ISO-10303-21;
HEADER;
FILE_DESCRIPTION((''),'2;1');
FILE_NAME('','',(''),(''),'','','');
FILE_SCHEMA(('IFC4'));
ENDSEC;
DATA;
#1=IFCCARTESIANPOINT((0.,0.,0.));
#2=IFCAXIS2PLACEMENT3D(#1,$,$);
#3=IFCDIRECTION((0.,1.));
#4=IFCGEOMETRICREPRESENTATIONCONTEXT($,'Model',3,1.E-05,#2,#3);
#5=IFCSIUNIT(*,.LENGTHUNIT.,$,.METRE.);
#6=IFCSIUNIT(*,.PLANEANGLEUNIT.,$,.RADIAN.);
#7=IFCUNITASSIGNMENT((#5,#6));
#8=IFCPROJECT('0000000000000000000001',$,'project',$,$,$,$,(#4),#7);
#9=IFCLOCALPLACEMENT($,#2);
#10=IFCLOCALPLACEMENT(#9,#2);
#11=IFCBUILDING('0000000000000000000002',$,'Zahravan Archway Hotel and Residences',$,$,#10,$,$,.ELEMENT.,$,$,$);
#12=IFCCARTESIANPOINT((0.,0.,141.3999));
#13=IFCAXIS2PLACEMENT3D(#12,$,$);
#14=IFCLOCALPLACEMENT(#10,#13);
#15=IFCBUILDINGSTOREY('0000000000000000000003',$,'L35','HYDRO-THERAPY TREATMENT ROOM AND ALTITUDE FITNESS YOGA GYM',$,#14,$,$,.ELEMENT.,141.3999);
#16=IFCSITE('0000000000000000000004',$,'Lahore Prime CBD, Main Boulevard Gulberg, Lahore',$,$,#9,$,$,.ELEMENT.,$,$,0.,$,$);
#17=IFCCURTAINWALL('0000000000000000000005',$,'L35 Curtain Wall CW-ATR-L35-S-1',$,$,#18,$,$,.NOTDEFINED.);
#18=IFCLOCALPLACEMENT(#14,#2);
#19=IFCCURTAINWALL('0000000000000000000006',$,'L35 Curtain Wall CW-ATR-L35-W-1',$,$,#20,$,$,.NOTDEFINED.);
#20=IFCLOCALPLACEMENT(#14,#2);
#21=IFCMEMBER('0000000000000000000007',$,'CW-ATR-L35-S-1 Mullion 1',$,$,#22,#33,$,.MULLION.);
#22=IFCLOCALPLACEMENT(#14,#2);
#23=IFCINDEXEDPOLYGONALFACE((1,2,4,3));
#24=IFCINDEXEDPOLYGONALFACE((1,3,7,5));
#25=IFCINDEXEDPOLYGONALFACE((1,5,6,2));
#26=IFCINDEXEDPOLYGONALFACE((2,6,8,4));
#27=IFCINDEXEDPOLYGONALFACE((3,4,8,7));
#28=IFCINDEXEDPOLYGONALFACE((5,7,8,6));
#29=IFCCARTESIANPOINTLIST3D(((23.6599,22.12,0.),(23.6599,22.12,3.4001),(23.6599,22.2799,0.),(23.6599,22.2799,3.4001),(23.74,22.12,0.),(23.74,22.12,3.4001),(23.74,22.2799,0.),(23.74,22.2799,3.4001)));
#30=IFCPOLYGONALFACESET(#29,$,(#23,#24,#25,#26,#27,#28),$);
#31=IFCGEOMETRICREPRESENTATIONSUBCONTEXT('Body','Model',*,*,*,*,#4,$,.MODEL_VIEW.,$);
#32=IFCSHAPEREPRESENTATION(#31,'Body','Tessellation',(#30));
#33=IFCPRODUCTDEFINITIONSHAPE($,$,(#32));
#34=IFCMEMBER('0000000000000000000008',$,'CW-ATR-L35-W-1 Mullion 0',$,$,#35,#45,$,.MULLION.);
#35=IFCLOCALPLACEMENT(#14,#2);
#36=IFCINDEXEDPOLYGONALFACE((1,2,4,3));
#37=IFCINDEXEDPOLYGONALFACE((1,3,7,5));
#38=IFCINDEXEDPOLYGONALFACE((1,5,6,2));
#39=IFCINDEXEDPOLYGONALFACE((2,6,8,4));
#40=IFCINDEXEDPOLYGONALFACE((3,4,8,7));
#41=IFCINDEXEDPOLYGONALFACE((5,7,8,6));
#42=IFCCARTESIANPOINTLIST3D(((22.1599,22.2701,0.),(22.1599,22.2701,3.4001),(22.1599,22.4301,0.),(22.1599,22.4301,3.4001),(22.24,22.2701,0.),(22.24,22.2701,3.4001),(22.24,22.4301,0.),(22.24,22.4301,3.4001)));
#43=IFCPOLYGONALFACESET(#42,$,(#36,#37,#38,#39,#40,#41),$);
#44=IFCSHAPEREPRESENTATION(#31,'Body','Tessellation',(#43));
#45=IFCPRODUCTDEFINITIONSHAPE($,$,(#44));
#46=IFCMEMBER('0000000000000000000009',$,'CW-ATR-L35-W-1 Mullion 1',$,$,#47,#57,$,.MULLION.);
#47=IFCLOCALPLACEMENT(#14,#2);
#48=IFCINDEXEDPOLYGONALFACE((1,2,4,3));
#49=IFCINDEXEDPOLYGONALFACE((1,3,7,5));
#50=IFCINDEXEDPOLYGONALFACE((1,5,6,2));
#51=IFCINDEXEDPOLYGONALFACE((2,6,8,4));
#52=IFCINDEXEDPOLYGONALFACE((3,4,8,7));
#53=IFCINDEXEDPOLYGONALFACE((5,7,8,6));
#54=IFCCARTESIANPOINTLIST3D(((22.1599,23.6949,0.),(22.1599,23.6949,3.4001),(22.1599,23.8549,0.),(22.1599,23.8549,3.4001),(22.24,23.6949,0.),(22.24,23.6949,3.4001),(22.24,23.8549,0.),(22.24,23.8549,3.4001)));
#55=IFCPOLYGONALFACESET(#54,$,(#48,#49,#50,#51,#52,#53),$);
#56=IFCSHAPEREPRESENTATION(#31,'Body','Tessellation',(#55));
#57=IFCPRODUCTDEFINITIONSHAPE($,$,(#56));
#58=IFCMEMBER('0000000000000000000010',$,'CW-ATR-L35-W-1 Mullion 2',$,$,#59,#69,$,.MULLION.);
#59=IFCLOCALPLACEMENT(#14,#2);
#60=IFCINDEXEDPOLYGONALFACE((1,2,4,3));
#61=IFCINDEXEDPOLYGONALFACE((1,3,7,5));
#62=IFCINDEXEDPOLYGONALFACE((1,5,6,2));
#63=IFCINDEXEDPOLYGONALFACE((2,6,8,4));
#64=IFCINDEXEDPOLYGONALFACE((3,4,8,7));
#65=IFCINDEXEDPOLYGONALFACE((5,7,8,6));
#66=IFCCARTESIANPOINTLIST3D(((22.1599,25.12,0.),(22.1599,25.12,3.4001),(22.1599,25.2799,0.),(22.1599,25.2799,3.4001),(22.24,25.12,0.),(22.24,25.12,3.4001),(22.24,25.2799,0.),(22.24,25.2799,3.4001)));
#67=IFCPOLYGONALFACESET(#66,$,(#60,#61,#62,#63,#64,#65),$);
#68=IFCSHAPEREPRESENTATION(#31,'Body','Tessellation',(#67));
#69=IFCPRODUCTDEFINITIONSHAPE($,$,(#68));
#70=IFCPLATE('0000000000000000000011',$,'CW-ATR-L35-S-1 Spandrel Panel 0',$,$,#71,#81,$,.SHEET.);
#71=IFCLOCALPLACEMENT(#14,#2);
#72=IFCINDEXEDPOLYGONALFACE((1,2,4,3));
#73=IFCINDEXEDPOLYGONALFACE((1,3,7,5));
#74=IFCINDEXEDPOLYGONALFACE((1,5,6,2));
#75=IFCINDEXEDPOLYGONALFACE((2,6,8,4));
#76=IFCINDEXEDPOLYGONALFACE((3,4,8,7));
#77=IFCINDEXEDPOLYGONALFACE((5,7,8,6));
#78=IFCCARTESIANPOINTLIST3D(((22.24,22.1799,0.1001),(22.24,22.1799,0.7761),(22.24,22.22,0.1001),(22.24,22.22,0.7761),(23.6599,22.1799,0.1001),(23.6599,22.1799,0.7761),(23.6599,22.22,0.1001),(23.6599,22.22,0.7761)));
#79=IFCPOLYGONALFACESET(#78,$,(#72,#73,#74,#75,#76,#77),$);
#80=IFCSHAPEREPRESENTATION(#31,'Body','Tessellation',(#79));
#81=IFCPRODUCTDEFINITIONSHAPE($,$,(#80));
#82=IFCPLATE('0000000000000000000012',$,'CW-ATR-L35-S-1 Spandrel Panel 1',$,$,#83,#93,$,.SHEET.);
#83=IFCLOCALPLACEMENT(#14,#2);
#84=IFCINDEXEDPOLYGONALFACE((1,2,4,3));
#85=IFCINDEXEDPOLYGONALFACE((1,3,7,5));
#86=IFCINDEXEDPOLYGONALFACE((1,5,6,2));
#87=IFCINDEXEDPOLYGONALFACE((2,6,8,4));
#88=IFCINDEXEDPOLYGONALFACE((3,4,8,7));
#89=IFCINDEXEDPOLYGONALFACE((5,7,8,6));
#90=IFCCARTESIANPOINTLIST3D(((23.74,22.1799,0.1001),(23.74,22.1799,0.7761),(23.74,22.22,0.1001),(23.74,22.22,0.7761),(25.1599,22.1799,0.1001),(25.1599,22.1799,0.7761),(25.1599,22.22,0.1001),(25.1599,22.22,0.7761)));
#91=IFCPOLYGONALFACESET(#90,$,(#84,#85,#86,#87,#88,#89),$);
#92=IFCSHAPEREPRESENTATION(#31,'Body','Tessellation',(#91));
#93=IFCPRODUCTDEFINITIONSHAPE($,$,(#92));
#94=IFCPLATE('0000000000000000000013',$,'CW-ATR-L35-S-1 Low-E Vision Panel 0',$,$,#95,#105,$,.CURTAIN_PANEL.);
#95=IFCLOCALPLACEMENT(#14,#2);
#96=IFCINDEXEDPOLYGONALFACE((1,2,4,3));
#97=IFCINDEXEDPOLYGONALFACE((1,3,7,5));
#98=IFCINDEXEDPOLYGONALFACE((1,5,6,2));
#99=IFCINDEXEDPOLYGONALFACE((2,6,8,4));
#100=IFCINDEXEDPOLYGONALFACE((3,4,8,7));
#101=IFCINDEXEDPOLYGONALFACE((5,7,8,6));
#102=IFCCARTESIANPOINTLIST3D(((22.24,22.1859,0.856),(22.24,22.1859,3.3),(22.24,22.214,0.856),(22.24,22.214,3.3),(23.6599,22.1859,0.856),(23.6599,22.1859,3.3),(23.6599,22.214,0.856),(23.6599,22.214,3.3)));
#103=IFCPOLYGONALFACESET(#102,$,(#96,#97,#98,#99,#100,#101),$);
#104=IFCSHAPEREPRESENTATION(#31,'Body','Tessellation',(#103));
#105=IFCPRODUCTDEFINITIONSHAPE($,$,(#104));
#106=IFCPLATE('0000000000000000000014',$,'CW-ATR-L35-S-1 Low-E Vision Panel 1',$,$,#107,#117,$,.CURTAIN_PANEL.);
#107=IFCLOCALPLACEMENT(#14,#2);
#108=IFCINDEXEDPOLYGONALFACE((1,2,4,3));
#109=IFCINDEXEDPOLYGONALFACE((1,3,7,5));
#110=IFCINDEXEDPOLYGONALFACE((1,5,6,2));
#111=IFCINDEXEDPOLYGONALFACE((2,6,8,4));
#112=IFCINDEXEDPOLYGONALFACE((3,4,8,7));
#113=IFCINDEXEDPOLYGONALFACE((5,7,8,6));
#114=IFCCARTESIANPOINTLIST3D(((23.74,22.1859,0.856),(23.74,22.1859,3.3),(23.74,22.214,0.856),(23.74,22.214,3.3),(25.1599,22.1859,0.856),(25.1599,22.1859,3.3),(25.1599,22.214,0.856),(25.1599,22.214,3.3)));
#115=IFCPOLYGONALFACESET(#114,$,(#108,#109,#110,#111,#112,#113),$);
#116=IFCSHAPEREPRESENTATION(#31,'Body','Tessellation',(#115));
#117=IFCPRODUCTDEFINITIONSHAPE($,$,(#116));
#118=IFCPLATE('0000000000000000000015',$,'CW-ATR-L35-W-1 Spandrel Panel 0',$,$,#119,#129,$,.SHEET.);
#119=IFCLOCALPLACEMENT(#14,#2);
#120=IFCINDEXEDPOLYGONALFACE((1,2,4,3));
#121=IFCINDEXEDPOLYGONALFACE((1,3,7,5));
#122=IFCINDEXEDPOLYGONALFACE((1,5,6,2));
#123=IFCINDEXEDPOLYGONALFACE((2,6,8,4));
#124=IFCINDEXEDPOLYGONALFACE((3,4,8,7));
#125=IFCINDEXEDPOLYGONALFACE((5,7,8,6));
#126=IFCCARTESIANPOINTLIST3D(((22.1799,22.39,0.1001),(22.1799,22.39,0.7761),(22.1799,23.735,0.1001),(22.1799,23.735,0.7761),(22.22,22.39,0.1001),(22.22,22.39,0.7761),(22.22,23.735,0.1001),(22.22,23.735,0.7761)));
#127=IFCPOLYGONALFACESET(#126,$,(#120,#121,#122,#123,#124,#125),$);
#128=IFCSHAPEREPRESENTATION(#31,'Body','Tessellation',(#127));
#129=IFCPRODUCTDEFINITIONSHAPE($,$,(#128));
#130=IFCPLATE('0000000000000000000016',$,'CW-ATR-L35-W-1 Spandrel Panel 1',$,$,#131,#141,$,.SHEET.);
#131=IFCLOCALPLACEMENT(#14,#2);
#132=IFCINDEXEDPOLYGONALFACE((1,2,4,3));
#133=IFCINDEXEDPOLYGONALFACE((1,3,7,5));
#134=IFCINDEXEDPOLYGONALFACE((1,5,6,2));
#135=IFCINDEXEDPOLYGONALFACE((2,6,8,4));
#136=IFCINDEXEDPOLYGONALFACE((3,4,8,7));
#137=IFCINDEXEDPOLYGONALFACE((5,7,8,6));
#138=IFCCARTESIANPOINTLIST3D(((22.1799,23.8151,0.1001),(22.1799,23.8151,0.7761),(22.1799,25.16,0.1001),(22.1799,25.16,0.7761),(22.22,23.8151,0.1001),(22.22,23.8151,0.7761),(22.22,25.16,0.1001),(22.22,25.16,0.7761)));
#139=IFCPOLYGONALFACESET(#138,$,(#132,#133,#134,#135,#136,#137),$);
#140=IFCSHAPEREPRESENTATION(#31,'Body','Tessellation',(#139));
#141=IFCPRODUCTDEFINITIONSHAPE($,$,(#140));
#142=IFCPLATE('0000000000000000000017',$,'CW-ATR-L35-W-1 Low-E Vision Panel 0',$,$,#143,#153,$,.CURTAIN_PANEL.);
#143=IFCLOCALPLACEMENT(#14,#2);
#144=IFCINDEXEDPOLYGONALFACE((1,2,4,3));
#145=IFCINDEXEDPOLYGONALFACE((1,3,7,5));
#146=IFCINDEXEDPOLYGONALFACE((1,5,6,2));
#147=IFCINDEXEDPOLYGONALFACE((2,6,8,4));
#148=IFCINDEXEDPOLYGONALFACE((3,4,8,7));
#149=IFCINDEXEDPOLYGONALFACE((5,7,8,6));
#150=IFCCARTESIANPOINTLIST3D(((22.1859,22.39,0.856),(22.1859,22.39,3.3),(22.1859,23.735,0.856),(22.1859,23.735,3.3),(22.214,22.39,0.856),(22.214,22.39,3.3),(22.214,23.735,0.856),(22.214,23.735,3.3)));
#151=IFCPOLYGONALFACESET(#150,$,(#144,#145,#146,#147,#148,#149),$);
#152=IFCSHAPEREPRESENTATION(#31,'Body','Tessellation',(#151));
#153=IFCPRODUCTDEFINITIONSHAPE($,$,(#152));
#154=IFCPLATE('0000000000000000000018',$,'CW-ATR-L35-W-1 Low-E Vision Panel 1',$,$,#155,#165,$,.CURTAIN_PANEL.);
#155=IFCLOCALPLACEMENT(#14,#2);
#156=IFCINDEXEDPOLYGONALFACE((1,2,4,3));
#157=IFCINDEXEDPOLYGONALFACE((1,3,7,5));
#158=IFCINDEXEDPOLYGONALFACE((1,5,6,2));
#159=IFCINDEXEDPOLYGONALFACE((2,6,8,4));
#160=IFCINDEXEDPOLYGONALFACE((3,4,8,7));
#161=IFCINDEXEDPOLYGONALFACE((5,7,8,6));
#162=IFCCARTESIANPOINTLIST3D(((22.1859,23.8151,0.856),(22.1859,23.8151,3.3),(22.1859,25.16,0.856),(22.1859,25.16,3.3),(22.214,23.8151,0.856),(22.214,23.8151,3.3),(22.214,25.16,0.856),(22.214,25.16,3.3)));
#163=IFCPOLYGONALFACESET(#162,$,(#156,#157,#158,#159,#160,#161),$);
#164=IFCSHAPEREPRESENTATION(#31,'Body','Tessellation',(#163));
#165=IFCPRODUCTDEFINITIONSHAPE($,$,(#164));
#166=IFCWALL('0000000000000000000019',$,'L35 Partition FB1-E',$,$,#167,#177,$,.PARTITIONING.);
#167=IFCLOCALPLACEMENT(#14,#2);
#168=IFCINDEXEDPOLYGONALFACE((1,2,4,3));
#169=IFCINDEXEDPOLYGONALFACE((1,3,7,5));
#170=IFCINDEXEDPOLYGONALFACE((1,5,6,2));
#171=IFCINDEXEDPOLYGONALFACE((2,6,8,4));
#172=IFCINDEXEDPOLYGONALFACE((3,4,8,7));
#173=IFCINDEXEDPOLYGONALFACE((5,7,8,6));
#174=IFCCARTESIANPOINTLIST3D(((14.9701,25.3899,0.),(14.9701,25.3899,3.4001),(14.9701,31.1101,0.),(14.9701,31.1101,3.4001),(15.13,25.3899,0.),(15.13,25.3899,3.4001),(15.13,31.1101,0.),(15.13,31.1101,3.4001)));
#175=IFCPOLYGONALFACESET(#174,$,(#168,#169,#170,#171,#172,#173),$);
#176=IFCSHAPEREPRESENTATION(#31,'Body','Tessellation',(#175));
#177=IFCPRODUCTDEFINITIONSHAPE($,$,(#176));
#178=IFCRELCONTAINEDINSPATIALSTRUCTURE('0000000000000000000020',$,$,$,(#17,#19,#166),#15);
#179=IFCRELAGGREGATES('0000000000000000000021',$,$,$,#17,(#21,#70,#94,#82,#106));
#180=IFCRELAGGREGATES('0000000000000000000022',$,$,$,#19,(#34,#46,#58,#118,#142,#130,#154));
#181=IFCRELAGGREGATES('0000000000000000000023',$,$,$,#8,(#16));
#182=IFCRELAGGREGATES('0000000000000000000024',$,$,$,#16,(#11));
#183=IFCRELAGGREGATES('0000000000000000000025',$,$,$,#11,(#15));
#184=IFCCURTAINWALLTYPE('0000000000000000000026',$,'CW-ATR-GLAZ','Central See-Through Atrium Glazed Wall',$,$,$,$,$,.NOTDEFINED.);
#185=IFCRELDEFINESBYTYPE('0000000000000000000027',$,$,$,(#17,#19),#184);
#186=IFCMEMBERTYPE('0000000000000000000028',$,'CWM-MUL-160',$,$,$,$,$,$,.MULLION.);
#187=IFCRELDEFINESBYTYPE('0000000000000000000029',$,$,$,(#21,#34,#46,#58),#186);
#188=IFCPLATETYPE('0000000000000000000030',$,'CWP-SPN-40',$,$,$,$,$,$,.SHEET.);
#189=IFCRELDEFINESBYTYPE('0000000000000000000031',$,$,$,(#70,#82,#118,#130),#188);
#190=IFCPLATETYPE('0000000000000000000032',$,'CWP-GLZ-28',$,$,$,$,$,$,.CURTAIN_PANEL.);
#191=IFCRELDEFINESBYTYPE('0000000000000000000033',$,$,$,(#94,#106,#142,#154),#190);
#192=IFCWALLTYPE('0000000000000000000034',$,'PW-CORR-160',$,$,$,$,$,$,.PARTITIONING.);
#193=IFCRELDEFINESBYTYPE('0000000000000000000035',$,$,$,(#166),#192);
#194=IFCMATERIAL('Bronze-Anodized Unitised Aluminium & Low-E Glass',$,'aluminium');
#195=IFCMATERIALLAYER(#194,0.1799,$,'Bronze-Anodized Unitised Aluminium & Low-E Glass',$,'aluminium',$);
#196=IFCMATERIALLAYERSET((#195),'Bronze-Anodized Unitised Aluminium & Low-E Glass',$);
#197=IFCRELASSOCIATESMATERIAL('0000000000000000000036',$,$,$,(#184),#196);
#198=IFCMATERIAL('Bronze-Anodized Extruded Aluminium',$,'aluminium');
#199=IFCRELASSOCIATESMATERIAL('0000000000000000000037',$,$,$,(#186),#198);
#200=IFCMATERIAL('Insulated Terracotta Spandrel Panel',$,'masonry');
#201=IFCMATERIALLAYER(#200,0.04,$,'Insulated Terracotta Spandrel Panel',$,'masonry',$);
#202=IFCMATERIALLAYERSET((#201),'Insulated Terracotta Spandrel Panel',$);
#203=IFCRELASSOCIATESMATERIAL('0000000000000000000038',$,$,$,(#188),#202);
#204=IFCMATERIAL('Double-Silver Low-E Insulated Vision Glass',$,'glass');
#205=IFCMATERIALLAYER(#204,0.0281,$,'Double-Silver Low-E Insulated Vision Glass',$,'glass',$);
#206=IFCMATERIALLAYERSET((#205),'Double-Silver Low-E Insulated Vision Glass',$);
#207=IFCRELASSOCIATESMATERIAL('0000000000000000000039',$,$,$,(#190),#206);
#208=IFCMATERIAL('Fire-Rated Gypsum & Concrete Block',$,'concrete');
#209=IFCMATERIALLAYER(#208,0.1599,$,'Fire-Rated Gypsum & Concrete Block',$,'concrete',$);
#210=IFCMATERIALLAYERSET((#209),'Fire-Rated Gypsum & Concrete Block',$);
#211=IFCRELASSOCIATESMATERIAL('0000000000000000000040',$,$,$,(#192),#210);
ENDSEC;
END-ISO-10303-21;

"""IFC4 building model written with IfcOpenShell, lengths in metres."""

from ifc_helpers import new_model, si_unit, direction, frame, frame_2d, origin, origin_2d, place, context, subcontext, project, spatial, rectangle, extrude, source, transform, mapped, material, layer, layer_set, material_profile, profile_set, type_object, element, aggregate, save


model = new_model("IFC4")

# Units and contexts
model_context = context("Model", 3, precision=1e-05, world=origin(), true_north=direction((0.0, 1.0)))
body_context = subcontext(model_context, "Body", "Model", "MODEL_VIEW")
ifc_project = project(units=[si_unit("LENGTHUNIT", "METRE"), si_unit("PLANEANGLEUNIT", "RADIAN")], contexts=[model_context])

# Site, building, storey
site_placement = place(None, origin())
site = spatial("IfcSite", under=ifc_project, at=site_placement, Name="Lahore Prime CBD, Main Boulevard Gulberg, Lahore", CompositionType="ELEMENT", RefElevation=0.0)
building_placement = place(site_placement, origin())
building = spatial("IfcBuilding", under=site, at=building_placement, Name="Zahravan Archway Hotel and Residences", CompositionType="ELEMENT")
storey_placement = place(building_placement, frame((0.0, 0.0, 141.3999)))
storey = spatial("IfcBuildingStorey", under=building, at=storey_placement, Name="L35", Description="HYDRO-THERAPY TREATMENT ROOM AND ALTITUDE FITNESS YOGA GYM", CompositionType="ELEMENT", Elevation=141.3999)

# Curtain walls
ifc_material_1 = material(Name="Bronze-Anodized Unitised Aluminium & Low-E Glass", Category="aluminium")
ifc_layer_1 = layer(ifc_material_1, 0.1799, Name="Bronze-Anodized Unitised Aluminium & Low-E Glass", Category="aluminium")
ifc_layer_set_1 = layer_set([ifc_layer_1], Name="Bronze-Anodized Unitised Aluminium & Low-E Glass")
curtain_wall_type = type_object("IfcCurtainWallType", Name="CW-ATR-GLAZ", Description="Central See-Through Atrium Glazed Wall", PredefinedType="NOTDEFINED", material=ifc_layer_set_1)
curtain_wall_1_placement = place(storey_placement, origin())
curtain_wall_1 = element("IfcCurtainWall", 1, at=curtain_wall_1_placement, inside=storey, type_object=curtain_wall_type, Name="L35 Curtain Wall CW-ATR-L35-S-1", PredefinedType="NOTDEFINED")
ifc_material_2 = material(Name="Bronze-Anodized Extruded Aluminium", Category="aluminium")
curtain_wall_2_placement = place(storey_placement, origin())
curtain_wall_2 = element("IfcCurtainWall", 2, at=curtain_wall_2_placement, inside=storey, type_object=curtain_wall_type, Name="L35 Curtain Wall CW-ATR-L35-W-1", PredefinedType="NOTDEFINED")

# Members
ifc_material_profile_1 = material_profile(ifc_material_2, rectangle(XDim=0.0801, YDim=0.1599, at=origin_2d()), Name="MUL 80x160", Category="aluminium")
ifc_profile_set_1 = profile_set([ifc_material_profile_1], Name="Bronze-Anodized Extruded Aluminium")
member_type_1 = type_object("IfcMemberType", Name="CWM-MUL-160", PredefinedType="MULLION", material=ifc_profile_set_1)
shared_shape_1 = source(origin(), body_context, "Body", "SweptSolid", [
    extrude(rectangle(XDim=0.0801, YDim=0.1599, at=origin_2d()), origin(), (0.0, 0.0, 1.0), 3.4001),
])
member_1_placement = place(storey_placement, frame((23.7, 22.2, 0.0), z_axis=(0.0, 0.0, 1.0), x_axis=(1.0, 0.0, 0.0)))
member_1 = element("IfcMember", 3, at=member_1_placement, type_object=member_type_1, Name="CW-ATR-L35-S-1 Mullion 1", PredefinedType="MULLION", context=body_context, shape_type="MappedRepresentation", body=[
    mapped(shared_shape_1, transform((0.0, 0.0, 0.0), scale=1.0)),
])
member_2_placement = place(storey_placement, frame((22.2, 22.3501, 0.0), z_axis=(0.0, 0.0, 1.0), x_axis=(1.0, 0.0, 0.0)))
member_2 = element("IfcMember", 4, at=member_2_placement, type_object=member_type_1, Name="CW-ATR-L35-W-1 Mullion 0", PredefinedType="MULLION", context=body_context, shape_type="MappedRepresentation", body=[
    mapped(shared_shape_1, transform((0.0, 0.0, 0.0), scale=1.0)),
])
member_3_placement = place(storey_placement, frame((22.2, 23.7749, 0.0), z_axis=(0.0, 0.0, 1.0), x_axis=(1.0, 0.0, 0.0)))
member_3 = element("IfcMember", 5, at=member_3_placement, type_object=member_type_1, Name="CW-ATR-L35-W-1 Mullion 1", PredefinedType="MULLION", context=body_context, shape_type="MappedRepresentation", body=[
    mapped(shared_shape_1, transform((0.0, 0.0, 0.0), scale=1.0)),
])
member_4_placement = place(storey_placement, frame((22.2, 25.2, 0.0), z_axis=(0.0, 0.0, 1.0), x_axis=(1.0, 0.0, 0.0)))
member_4 = element("IfcMember", 6, at=member_4_placement, type_object=member_type_1, Name="CW-ATR-L35-W-1 Mullion 2", PredefinedType="MULLION", context=body_context, shape_type="MappedRepresentation", body=[
    mapped(shared_shape_1, transform((0.0, 0.0, 0.0), scale=1.0)),
])

# Plates
ifc_material_3 = material(Name="Insulated Terracotta Spandrel Panel", Category="masonry")
ifc_layer_2 = layer(ifc_material_3, 0.04, Name="Insulated Terracotta Spandrel Panel", Category="masonry")
ifc_layer_set_2 = layer_set([ifc_layer_2], Name="Insulated Terracotta Spandrel Panel")
plate_type_1 = type_object("IfcPlateType", Name="CWP-SPN-40", PredefinedType="SHEET", material=ifc_layer_set_2)
shared_shape_2 = source(origin(), body_context, "Body", "SweptSolid", [
    extrude(rectangle(XDim=1.4199, YDim=0.04, at=origin_2d()), origin(), (0.0, 0.0, 1.0), 0.676),
])
plate_1_placement = place(storey_placement, frame((22.95, 22.2, 0.1001), z_axis=(0.0, 0.0, 1.0), x_axis=(1.0, 0.0, 0.0)))
plate_1 = element("IfcPlate", 7, at=plate_1_placement, type_object=plate_type_1, Name="CW-ATR-L35-S-1 Spandrel Panel 0", PredefinedType="SHEET", context=body_context, shape_type="MappedRepresentation", body=[
    mapped(shared_shape_2, transform((0.0, 0.0, 0.0), scale=1.0)),
])
plate_2_placement = place(storey_placement, frame((24.45, 22.2, 0.1001), z_axis=(0.0, 0.0, 1.0), x_axis=(1.0, 0.0, 0.0)))
plate_2 = element("IfcPlate", 8, at=plate_2_placement, type_object=plate_type_1, Name="CW-ATR-L35-S-1 Spandrel Panel 1", PredefinedType="SHEET", context=body_context, shape_type="MappedRepresentation", body=[
    mapped(shared_shape_2, transform((0.0, 0.0, 0.0), scale=1.0)),
])
ifc_material_4 = material(Name="Double-Silver Low-E Insulated Vision Glass", Category="glass")
ifc_layer_3 = layer(ifc_material_4, 0.0281, Name="Double-Silver Low-E Insulated Vision Glass", Category="glass")
ifc_layer_set_3 = layer_set([ifc_layer_3], Name="Double-Silver Low-E Insulated Vision Glass")
plate_type_2 = type_object("IfcPlateType", Name="CWP-GLZ-28", PredefinedType="CURTAIN_PANEL", material=ifc_layer_set_3)
shared_shape_3 = source(origin(), body_context, "Body", "SweptSolid", [
    extrude(rectangle(XDim=1.4199, YDim=0.0281, at=origin_2d()), origin(), (0.0, 0.0, 1.0), 2.4441),
])
plate_3_placement = place(storey_placement, frame((22.95, 22.2, 0.856), z_axis=(0.0, 0.0, 1.0), x_axis=(1.0, 0.0, 0.0)))
plate_3 = element("IfcPlate", 9, at=plate_3_placement, type_object=plate_type_2, Name="CW-ATR-L35-S-1 Low-E Vision Panel 0", PredefinedType="CURTAIN_PANEL", context=body_context, shape_type="MappedRepresentation", body=[
    mapped(shared_shape_3, transform((0.0, 0.0, 0.0), scale=1.0)),
])
plate_4_placement = place(storey_placement, frame((24.45, 22.2, 0.856), z_axis=(0.0, 0.0, 1.0), x_axis=(1.0, 0.0, 0.0)))
plate_4 = element("IfcPlate", 10, at=plate_4_placement, type_object=plate_type_2, Name="CW-ATR-L35-S-1 Low-E Vision Panel 1", PredefinedType="CURTAIN_PANEL", context=body_context, shape_type="MappedRepresentation", body=[
    mapped(shared_shape_3, transform((0.0, 0.0, 0.0), scale=1.0)),
])
aggregate(curtain_wall_1, [member_1, plate_1, plate_3, plate_2, plate_4])
shared_shape_4 = source(origin(), body_context, "Body", "SweptSolid", [
    extrude(rectangle(XDim=1.345, YDim=0.04, at=origin_2d()), origin(), (0.0, 0.0, 1.0), 0.676),
])
plate_5_placement = place(storey_placement, frame((22.2, 23.0625, 0.1001), z_axis=(0.0, 0.0, 1.0), x_axis=(0.0, 1.0, 0.0)))
plate_5 = element("IfcPlate", 11, at=plate_5_placement, type_object=plate_type_1, Name="CW-ATR-L35-W-1 Spandrel Panel 0", PredefinedType="SHEET", context=body_context, shape_type="MappedRepresentation", body=[
    mapped(shared_shape_4, transform((0.0, 0.0, 0.0), scale=1.0)),
])
plate_6_placement = place(storey_placement, frame((22.2, 24.4875, 0.1001), z_axis=(0.0, 0.0, 1.0), x_axis=(0.0, 1.0, 0.0)))
plate_6 = element("IfcPlate", 12, at=plate_6_placement, type_object=plate_type_1, Name="CW-ATR-L35-W-1 Spandrel Panel 1", PredefinedType="SHEET", context=body_context, shape_type="MappedRepresentation", body=[
    mapped(shared_shape_4, transform((0.0, 0.0, 0.0), scale=1.0)),
])
shared_shape_5 = source(origin(), body_context, "Body", "SweptSolid", [
    extrude(rectangle(XDim=1.345, YDim=0.0281, at=origin_2d()), origin(), (0.0, 0.0, 1.0), 2.4441),
])
plate_7_placement = place(storey_placement, frame((22.2, 23.0625, 0.856), z_axis=(0.0, 0.0, 1.0), x_axis=(0.0, 1.0, 0.0)))
plate_7 = element("IfcPlate", 13, at=plate_7_placement, type_object=plate_type_2, Name="CW-ATR-L35-W-1 Low-E Vision Panel 0", PredefinedType="CURTAIN_PANEL", context=body_context, shape_type="MappedRepresentation", body=[
    mapped(shared_shape_5, transform((0.0, 0.0, 0.0), scale=1.0)),
])
plate_8_placement = place(storey_placement, frame((22.2, 24.4875, 0.856), z_axis=(0.0, 0.0, 1.0), x_axis=(0.0, 1.0, 0.0)))
plate_8 = element("IfcPlate", 14, at=plate_8_placement, type_object=plate_type_2, Name="CW-ATR-L35-W-1 Low-E Vision Panel 1", PredefinedType="CURTAIN_PANEL", context=body_context, shape_type="MappedRepresentation", body=[
    mapped(shared_shape_5, transform((0.0, 0.0, 0.0), scale=1.0)),
])
aggregate(curtain_wall_2, [member_2, member_3, member_4, plate_5, plate_7, plate_6, plate_8])

# Wall
ifc_material_5 = material(Name="Fire-Rated Gypsum & Concrete Block", Category="concrete")
ifc_layer_4 = layer(ifc_material_5, 0.1599, Name="Fire-Rated Gypsum & Concrete Block", Category="concrete")
ifc_layer_set_4 = layer_set([ifc_layer_4], Name="Fire-Rated Gypsum & Concrete Block")
wall_type_1 = type_object("IfcWallType", Name="PW-CORR-160", PredefinedType="PARTITIONING", material=ifc_layer_set_4)
wall_1_placement = place(storey_placement, frame((15.05, 25.3899, 0.0), z_axis=(0.0, 0.0, 1.0), x_axis=(0.0, 1.0, 0.0)))
element("IfcWall", 15, at=wall_1_placement, inside=storey, type_object=wall_type_1, Name="L35 Partition FB1-E", PredefinedType="PARTITIONING", context=body_context, shape_type="SweptSolid", body=[
    extrude(rectangle(XDim=5.7202, YDim=0.1599, at=frame_2d((2.8601, 0.0))), origin(), (0.0, 0.0, 1.0), 3.4001),
])

save(model, "model.ifc")
